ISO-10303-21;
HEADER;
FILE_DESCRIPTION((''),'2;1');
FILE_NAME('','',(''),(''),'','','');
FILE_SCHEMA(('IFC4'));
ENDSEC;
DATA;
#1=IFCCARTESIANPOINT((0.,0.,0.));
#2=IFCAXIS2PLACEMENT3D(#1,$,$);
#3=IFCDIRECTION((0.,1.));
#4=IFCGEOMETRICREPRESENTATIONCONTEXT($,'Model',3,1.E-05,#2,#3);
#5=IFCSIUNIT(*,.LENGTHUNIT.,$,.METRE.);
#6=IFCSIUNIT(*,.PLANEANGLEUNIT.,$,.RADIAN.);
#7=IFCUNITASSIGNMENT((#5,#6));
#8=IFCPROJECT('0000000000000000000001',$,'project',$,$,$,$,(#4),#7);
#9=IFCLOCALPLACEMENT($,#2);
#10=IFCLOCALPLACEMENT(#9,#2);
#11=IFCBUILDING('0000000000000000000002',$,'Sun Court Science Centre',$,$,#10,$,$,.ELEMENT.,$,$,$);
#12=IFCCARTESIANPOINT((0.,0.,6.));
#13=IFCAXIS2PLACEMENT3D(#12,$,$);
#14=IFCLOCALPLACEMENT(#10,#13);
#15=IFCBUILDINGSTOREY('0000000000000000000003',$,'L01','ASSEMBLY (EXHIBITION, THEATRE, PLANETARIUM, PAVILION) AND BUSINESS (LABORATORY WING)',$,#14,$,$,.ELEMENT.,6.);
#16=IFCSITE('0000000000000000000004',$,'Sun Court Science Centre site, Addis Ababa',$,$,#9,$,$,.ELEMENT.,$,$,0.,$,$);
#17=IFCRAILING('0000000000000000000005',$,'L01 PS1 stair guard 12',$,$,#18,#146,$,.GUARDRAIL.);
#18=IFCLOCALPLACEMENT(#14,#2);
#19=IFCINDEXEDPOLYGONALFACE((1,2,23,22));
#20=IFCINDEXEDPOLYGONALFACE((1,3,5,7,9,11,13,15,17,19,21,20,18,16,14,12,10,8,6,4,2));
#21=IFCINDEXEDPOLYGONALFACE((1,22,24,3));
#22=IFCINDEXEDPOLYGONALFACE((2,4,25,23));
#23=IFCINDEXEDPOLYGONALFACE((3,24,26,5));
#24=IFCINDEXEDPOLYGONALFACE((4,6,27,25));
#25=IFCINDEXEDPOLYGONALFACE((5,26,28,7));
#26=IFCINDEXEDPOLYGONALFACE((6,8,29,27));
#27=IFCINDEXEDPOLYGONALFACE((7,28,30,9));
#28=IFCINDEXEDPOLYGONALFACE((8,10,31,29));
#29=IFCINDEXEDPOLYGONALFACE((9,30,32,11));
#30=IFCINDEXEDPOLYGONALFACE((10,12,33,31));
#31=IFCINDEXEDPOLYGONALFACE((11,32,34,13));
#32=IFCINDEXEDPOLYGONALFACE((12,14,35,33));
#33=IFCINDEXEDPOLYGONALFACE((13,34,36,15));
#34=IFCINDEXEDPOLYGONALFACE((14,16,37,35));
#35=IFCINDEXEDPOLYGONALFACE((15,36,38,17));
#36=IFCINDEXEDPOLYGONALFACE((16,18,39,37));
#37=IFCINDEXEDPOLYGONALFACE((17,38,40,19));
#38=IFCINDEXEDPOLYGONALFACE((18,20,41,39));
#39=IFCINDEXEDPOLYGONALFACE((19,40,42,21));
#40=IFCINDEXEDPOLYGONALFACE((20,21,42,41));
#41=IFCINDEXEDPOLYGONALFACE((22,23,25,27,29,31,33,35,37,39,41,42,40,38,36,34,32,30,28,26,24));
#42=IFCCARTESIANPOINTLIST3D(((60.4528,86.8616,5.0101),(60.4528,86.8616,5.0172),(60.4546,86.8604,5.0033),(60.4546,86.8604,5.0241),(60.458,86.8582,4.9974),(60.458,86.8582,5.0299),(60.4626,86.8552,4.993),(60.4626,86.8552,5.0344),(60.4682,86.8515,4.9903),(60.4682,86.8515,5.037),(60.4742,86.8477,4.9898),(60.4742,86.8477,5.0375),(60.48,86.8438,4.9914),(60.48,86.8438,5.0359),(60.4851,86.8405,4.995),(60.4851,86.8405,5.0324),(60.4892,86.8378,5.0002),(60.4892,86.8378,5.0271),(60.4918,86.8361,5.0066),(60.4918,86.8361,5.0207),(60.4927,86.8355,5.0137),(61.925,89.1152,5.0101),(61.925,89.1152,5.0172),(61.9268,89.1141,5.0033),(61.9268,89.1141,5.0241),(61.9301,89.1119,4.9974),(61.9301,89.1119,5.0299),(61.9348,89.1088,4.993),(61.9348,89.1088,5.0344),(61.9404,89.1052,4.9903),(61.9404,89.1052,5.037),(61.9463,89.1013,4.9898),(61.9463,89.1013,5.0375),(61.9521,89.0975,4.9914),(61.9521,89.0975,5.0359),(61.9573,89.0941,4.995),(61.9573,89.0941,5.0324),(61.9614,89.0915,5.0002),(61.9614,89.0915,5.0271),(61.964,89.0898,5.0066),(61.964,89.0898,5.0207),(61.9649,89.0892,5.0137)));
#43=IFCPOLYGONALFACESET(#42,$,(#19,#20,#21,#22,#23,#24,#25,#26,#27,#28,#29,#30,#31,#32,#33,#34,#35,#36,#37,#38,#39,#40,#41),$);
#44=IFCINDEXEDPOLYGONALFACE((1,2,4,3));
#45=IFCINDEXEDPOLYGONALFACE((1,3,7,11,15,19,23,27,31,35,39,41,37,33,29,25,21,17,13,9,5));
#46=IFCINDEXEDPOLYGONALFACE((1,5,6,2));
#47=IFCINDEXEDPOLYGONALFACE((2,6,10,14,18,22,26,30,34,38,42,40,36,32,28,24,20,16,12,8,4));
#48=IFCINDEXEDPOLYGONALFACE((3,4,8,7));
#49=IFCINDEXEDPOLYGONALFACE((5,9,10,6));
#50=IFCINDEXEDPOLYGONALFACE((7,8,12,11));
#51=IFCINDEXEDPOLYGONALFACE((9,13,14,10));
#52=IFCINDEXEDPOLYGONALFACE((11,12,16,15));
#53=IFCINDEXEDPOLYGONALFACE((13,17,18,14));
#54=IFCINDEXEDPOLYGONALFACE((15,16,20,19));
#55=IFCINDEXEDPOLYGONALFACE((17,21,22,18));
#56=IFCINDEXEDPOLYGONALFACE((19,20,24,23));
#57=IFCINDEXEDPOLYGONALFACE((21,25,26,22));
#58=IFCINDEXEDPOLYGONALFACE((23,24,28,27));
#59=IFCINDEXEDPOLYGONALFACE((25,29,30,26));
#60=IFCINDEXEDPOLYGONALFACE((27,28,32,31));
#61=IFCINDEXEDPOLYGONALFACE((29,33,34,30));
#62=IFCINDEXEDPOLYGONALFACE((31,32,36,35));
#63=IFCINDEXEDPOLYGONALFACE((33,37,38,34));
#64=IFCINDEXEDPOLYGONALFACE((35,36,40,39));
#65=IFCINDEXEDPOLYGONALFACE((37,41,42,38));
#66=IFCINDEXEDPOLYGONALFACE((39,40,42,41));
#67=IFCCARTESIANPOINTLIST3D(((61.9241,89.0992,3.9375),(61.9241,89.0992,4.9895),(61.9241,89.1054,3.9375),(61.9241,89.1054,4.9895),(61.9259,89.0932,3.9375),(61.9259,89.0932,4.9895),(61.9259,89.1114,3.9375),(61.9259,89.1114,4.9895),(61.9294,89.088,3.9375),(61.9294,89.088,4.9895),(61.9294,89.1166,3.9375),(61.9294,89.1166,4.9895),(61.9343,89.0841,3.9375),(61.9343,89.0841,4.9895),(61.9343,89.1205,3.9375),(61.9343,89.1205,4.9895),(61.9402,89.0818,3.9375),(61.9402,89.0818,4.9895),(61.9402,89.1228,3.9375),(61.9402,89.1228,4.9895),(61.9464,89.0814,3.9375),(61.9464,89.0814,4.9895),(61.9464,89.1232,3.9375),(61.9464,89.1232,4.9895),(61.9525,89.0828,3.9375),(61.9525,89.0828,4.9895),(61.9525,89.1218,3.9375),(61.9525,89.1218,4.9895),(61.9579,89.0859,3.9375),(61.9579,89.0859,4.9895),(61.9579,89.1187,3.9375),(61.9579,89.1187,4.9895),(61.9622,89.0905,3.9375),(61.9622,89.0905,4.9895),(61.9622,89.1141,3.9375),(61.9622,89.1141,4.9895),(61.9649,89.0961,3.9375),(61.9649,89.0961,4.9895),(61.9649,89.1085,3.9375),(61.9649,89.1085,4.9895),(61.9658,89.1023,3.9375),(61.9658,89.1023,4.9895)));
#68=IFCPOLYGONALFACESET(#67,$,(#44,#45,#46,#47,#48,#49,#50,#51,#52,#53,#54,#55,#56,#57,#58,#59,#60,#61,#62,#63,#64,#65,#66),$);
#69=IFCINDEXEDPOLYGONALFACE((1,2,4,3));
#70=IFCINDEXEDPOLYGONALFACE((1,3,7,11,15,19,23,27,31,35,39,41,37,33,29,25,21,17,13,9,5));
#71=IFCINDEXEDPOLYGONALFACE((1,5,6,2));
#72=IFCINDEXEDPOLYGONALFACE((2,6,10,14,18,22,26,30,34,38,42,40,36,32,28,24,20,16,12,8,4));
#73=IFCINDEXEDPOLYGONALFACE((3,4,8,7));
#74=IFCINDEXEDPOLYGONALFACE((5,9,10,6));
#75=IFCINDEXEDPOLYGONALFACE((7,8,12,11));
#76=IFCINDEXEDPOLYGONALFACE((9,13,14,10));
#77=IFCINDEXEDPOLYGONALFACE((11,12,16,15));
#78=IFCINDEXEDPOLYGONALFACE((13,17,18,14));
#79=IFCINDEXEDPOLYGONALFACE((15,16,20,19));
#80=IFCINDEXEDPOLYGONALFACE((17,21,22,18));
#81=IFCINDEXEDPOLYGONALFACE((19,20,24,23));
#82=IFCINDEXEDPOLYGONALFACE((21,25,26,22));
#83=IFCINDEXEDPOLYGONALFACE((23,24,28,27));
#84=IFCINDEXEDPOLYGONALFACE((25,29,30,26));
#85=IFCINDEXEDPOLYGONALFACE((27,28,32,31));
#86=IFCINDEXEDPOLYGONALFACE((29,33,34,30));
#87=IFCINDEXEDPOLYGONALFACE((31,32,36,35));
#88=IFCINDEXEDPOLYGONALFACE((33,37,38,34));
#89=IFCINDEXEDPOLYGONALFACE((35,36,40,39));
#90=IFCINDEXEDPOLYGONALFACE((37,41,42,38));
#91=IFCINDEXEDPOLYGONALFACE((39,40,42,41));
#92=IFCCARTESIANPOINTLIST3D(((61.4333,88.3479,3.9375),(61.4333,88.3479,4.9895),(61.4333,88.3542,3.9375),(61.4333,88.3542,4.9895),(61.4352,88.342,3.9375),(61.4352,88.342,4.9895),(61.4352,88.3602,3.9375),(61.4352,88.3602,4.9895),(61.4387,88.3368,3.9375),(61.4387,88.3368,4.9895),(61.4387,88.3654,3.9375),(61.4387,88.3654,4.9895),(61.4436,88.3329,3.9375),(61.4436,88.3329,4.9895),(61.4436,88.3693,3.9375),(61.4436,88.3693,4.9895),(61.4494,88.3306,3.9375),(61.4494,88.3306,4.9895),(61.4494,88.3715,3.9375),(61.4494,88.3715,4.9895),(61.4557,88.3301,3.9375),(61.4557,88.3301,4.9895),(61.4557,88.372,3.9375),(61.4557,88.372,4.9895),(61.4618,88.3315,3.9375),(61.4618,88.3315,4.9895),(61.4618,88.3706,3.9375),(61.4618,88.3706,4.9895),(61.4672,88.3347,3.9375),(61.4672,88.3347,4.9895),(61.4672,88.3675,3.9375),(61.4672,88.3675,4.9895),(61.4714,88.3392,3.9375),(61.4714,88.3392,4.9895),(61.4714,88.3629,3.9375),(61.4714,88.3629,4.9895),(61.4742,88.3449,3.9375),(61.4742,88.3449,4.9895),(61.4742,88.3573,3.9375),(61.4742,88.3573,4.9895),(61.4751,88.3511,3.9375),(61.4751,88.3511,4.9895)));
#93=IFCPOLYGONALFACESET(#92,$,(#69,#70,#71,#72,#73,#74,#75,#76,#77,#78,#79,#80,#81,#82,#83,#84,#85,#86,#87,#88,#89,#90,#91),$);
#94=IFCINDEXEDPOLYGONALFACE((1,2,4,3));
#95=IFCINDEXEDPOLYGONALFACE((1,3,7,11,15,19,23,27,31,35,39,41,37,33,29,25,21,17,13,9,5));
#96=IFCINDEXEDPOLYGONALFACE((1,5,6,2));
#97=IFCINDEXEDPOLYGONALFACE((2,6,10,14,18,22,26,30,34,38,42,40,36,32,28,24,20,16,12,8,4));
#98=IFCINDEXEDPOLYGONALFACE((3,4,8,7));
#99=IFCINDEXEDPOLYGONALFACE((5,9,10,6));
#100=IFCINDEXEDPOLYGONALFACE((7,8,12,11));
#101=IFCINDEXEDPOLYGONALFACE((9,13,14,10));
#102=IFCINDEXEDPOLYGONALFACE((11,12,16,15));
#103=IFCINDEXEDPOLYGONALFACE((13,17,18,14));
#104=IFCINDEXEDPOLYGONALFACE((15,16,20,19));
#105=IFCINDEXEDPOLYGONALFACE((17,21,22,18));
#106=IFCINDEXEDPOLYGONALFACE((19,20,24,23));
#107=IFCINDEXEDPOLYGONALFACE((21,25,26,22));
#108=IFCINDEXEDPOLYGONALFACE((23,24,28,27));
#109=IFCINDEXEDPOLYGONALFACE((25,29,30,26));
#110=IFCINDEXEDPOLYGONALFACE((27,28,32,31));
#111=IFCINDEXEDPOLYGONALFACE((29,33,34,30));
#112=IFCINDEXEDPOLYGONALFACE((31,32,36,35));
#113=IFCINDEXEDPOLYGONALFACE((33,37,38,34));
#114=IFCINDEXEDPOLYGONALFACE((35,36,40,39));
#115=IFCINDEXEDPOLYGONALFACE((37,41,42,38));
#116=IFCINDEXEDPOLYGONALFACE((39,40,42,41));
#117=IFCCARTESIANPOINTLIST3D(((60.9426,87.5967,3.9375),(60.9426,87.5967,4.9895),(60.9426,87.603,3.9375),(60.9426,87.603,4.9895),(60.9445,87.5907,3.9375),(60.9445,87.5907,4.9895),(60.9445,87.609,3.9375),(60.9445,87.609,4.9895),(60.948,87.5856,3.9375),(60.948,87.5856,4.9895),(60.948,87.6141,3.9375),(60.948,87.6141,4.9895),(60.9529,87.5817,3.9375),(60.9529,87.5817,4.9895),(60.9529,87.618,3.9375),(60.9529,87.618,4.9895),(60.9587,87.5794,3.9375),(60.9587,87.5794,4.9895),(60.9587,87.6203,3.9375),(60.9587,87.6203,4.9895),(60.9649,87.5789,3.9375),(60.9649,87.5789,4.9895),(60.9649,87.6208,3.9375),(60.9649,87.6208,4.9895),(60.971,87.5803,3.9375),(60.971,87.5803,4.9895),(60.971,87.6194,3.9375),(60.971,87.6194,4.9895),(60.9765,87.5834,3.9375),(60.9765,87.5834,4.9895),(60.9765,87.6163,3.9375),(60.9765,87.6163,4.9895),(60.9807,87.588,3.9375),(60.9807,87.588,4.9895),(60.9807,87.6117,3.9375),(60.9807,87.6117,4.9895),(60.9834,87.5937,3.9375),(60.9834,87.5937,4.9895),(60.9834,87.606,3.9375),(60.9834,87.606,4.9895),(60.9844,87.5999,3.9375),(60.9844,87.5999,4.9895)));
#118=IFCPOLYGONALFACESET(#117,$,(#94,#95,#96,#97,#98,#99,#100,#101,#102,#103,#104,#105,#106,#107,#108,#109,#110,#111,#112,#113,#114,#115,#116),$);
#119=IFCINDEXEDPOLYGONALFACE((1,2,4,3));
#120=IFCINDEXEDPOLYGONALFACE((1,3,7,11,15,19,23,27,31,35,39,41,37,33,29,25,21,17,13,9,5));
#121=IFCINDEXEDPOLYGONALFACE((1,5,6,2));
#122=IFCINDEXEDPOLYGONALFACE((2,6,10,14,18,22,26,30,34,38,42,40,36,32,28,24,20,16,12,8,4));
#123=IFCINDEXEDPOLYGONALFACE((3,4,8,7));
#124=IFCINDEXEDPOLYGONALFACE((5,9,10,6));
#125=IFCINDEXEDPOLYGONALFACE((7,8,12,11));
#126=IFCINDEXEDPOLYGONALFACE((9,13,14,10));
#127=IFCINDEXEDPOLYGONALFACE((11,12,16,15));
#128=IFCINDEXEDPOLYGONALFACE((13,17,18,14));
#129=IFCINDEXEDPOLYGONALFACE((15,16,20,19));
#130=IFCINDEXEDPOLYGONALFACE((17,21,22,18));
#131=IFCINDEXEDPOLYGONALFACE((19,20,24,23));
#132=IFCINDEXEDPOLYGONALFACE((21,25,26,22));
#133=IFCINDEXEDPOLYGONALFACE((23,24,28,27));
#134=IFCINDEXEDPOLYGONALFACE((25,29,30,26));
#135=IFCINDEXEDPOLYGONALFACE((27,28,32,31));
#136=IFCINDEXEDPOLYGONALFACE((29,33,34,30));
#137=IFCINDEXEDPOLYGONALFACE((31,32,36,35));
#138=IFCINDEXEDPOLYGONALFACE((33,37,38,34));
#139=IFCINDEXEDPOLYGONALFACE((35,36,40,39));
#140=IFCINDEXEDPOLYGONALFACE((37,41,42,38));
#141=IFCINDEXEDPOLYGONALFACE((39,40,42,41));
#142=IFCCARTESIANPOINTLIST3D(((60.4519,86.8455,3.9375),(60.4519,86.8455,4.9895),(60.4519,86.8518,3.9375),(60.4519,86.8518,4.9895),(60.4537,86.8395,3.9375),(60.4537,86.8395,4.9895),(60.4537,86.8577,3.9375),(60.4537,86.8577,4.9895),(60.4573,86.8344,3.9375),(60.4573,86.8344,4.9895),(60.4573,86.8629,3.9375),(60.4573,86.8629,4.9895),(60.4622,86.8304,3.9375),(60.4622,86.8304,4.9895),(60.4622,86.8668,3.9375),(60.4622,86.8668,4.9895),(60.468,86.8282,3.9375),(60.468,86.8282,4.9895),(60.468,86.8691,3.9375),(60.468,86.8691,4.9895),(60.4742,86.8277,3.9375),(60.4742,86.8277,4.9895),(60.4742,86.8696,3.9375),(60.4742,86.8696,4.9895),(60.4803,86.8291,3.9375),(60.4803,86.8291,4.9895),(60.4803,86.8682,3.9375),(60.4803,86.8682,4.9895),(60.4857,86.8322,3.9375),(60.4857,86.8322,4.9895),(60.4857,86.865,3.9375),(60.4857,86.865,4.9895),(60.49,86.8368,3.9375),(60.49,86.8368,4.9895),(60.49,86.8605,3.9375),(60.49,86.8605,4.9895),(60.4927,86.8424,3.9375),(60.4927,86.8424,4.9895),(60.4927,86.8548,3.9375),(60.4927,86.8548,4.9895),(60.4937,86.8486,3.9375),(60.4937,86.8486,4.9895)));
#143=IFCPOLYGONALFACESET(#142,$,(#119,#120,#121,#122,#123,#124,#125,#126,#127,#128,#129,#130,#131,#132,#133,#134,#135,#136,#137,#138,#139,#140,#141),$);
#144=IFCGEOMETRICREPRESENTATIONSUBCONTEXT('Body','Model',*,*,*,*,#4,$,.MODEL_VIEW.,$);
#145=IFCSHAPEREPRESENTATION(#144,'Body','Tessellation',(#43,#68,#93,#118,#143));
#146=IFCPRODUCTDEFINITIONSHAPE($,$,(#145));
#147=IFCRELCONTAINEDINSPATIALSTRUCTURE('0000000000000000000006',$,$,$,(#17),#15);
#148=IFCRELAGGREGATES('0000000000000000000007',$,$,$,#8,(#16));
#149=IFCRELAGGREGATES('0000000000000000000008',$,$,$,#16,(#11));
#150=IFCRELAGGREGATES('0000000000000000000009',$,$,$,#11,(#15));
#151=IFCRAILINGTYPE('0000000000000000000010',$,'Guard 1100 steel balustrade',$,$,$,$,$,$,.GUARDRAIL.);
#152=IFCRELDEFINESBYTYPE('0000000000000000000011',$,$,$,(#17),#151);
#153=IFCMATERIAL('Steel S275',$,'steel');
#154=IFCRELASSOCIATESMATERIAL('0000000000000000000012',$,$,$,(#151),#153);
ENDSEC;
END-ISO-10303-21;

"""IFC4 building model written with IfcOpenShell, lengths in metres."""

from ifc_helpers import new_model, si_unit, direction, frame, origin, origin_2d, place, context, subcontext, project, spatial, circle, extrude, material, type_object, element, save


model = new_model("IFC4")

# Units and contexts
model_context = context("Model", 3, precision=1e-05, world=origin(), true_north=direction((0.0, 1.0)))
body_context = subcontext(model_context, "Body", "Model", "MODEL_VIEW")
ifc_project = project(units=[si_unit("LENGTHUNIT", "METRE"), si_unit("PLANEANGLEUNIT", "RADIAN")], contexts=[model_context])

# Site, building, storey
site_placement = place(None, origin())
site = spatial("IfcSite", under=ifc_project, at=site_placement, Name="Sun Court Science Centre site, Addis Ababa", CompositionType="ELEMENT", RefElevation=0.0)
building_placement = place(site_placement, origin())
building = spatial("IfcBuilding", under=site, at=building_placement, Name="Sun Court Science Centre", CompositionType="ELEMENT")
storey_placement = place(building_placement, frame((0.0, 0.0, 6.0)))
storey = spatial("IfcBuildingStorey", under=building, at=storey_placement, Name="L01", Description="ASSEMBLY (EXHIBITION, THEATRE, PLANETARIUM, PAVILION) AND BUSINESS (LABORATORY WING)", CompositionType="ELEMENT", Elevation=6.0)

# Railing
ifc_material_1 = material(Name="Steel S275", Category="steel")
railing_type_1 = type_object("IfcRailingType", Name="Guard 1100 steel balustrade", PredefinedType="GUARDRAIL", material=ifc_material_1)
railing_1_placement = place(storey_placement, frame((61.9448, 89.1023, 3.9375)))
element("IfcRailing", 1, at=railing_1_placement, inside=storey, type_object=railing_type_1, Name="L01 PS1 stair guard 12", PredefinedType="GUARDRAIL", context=body_context, shape_type="SweptSolid", body=[
    extrude(circle(Radius=0.0239, at=origin_2d()), frame((0.0, 0.0, 1.0762), z_axis=(-0.54689, -0.837204, 0.0), x_axis=(0.837204, -0.54689, 0.0)), (0.0, 0.0, 1.0), 2.6919),
    extrude(circle(Radius=0.021, at=origin_2d()), origin(), (0.0, 0.0, 1.0), 1.052),
    extrude(circle(Radius=0.021, at=origin_2d()), frame((-0.4907, -0.7512, 0.0)), (0.0, 0.0, 1.0), 1.052),
    extrude(circle(Radius=0.021, at=origin_2d()), frame((-0.9814, -1.5024, 0.0)), (0.0, 0.0, 1.0), 1.052),
    extrude(circle(Radius=0.021, at=origin_2d()), frame((-1.4722, -2.2537, 0.0)), (0.0, 0.0, 1.0), 1.052),
])

save(model, "model.ifc")
